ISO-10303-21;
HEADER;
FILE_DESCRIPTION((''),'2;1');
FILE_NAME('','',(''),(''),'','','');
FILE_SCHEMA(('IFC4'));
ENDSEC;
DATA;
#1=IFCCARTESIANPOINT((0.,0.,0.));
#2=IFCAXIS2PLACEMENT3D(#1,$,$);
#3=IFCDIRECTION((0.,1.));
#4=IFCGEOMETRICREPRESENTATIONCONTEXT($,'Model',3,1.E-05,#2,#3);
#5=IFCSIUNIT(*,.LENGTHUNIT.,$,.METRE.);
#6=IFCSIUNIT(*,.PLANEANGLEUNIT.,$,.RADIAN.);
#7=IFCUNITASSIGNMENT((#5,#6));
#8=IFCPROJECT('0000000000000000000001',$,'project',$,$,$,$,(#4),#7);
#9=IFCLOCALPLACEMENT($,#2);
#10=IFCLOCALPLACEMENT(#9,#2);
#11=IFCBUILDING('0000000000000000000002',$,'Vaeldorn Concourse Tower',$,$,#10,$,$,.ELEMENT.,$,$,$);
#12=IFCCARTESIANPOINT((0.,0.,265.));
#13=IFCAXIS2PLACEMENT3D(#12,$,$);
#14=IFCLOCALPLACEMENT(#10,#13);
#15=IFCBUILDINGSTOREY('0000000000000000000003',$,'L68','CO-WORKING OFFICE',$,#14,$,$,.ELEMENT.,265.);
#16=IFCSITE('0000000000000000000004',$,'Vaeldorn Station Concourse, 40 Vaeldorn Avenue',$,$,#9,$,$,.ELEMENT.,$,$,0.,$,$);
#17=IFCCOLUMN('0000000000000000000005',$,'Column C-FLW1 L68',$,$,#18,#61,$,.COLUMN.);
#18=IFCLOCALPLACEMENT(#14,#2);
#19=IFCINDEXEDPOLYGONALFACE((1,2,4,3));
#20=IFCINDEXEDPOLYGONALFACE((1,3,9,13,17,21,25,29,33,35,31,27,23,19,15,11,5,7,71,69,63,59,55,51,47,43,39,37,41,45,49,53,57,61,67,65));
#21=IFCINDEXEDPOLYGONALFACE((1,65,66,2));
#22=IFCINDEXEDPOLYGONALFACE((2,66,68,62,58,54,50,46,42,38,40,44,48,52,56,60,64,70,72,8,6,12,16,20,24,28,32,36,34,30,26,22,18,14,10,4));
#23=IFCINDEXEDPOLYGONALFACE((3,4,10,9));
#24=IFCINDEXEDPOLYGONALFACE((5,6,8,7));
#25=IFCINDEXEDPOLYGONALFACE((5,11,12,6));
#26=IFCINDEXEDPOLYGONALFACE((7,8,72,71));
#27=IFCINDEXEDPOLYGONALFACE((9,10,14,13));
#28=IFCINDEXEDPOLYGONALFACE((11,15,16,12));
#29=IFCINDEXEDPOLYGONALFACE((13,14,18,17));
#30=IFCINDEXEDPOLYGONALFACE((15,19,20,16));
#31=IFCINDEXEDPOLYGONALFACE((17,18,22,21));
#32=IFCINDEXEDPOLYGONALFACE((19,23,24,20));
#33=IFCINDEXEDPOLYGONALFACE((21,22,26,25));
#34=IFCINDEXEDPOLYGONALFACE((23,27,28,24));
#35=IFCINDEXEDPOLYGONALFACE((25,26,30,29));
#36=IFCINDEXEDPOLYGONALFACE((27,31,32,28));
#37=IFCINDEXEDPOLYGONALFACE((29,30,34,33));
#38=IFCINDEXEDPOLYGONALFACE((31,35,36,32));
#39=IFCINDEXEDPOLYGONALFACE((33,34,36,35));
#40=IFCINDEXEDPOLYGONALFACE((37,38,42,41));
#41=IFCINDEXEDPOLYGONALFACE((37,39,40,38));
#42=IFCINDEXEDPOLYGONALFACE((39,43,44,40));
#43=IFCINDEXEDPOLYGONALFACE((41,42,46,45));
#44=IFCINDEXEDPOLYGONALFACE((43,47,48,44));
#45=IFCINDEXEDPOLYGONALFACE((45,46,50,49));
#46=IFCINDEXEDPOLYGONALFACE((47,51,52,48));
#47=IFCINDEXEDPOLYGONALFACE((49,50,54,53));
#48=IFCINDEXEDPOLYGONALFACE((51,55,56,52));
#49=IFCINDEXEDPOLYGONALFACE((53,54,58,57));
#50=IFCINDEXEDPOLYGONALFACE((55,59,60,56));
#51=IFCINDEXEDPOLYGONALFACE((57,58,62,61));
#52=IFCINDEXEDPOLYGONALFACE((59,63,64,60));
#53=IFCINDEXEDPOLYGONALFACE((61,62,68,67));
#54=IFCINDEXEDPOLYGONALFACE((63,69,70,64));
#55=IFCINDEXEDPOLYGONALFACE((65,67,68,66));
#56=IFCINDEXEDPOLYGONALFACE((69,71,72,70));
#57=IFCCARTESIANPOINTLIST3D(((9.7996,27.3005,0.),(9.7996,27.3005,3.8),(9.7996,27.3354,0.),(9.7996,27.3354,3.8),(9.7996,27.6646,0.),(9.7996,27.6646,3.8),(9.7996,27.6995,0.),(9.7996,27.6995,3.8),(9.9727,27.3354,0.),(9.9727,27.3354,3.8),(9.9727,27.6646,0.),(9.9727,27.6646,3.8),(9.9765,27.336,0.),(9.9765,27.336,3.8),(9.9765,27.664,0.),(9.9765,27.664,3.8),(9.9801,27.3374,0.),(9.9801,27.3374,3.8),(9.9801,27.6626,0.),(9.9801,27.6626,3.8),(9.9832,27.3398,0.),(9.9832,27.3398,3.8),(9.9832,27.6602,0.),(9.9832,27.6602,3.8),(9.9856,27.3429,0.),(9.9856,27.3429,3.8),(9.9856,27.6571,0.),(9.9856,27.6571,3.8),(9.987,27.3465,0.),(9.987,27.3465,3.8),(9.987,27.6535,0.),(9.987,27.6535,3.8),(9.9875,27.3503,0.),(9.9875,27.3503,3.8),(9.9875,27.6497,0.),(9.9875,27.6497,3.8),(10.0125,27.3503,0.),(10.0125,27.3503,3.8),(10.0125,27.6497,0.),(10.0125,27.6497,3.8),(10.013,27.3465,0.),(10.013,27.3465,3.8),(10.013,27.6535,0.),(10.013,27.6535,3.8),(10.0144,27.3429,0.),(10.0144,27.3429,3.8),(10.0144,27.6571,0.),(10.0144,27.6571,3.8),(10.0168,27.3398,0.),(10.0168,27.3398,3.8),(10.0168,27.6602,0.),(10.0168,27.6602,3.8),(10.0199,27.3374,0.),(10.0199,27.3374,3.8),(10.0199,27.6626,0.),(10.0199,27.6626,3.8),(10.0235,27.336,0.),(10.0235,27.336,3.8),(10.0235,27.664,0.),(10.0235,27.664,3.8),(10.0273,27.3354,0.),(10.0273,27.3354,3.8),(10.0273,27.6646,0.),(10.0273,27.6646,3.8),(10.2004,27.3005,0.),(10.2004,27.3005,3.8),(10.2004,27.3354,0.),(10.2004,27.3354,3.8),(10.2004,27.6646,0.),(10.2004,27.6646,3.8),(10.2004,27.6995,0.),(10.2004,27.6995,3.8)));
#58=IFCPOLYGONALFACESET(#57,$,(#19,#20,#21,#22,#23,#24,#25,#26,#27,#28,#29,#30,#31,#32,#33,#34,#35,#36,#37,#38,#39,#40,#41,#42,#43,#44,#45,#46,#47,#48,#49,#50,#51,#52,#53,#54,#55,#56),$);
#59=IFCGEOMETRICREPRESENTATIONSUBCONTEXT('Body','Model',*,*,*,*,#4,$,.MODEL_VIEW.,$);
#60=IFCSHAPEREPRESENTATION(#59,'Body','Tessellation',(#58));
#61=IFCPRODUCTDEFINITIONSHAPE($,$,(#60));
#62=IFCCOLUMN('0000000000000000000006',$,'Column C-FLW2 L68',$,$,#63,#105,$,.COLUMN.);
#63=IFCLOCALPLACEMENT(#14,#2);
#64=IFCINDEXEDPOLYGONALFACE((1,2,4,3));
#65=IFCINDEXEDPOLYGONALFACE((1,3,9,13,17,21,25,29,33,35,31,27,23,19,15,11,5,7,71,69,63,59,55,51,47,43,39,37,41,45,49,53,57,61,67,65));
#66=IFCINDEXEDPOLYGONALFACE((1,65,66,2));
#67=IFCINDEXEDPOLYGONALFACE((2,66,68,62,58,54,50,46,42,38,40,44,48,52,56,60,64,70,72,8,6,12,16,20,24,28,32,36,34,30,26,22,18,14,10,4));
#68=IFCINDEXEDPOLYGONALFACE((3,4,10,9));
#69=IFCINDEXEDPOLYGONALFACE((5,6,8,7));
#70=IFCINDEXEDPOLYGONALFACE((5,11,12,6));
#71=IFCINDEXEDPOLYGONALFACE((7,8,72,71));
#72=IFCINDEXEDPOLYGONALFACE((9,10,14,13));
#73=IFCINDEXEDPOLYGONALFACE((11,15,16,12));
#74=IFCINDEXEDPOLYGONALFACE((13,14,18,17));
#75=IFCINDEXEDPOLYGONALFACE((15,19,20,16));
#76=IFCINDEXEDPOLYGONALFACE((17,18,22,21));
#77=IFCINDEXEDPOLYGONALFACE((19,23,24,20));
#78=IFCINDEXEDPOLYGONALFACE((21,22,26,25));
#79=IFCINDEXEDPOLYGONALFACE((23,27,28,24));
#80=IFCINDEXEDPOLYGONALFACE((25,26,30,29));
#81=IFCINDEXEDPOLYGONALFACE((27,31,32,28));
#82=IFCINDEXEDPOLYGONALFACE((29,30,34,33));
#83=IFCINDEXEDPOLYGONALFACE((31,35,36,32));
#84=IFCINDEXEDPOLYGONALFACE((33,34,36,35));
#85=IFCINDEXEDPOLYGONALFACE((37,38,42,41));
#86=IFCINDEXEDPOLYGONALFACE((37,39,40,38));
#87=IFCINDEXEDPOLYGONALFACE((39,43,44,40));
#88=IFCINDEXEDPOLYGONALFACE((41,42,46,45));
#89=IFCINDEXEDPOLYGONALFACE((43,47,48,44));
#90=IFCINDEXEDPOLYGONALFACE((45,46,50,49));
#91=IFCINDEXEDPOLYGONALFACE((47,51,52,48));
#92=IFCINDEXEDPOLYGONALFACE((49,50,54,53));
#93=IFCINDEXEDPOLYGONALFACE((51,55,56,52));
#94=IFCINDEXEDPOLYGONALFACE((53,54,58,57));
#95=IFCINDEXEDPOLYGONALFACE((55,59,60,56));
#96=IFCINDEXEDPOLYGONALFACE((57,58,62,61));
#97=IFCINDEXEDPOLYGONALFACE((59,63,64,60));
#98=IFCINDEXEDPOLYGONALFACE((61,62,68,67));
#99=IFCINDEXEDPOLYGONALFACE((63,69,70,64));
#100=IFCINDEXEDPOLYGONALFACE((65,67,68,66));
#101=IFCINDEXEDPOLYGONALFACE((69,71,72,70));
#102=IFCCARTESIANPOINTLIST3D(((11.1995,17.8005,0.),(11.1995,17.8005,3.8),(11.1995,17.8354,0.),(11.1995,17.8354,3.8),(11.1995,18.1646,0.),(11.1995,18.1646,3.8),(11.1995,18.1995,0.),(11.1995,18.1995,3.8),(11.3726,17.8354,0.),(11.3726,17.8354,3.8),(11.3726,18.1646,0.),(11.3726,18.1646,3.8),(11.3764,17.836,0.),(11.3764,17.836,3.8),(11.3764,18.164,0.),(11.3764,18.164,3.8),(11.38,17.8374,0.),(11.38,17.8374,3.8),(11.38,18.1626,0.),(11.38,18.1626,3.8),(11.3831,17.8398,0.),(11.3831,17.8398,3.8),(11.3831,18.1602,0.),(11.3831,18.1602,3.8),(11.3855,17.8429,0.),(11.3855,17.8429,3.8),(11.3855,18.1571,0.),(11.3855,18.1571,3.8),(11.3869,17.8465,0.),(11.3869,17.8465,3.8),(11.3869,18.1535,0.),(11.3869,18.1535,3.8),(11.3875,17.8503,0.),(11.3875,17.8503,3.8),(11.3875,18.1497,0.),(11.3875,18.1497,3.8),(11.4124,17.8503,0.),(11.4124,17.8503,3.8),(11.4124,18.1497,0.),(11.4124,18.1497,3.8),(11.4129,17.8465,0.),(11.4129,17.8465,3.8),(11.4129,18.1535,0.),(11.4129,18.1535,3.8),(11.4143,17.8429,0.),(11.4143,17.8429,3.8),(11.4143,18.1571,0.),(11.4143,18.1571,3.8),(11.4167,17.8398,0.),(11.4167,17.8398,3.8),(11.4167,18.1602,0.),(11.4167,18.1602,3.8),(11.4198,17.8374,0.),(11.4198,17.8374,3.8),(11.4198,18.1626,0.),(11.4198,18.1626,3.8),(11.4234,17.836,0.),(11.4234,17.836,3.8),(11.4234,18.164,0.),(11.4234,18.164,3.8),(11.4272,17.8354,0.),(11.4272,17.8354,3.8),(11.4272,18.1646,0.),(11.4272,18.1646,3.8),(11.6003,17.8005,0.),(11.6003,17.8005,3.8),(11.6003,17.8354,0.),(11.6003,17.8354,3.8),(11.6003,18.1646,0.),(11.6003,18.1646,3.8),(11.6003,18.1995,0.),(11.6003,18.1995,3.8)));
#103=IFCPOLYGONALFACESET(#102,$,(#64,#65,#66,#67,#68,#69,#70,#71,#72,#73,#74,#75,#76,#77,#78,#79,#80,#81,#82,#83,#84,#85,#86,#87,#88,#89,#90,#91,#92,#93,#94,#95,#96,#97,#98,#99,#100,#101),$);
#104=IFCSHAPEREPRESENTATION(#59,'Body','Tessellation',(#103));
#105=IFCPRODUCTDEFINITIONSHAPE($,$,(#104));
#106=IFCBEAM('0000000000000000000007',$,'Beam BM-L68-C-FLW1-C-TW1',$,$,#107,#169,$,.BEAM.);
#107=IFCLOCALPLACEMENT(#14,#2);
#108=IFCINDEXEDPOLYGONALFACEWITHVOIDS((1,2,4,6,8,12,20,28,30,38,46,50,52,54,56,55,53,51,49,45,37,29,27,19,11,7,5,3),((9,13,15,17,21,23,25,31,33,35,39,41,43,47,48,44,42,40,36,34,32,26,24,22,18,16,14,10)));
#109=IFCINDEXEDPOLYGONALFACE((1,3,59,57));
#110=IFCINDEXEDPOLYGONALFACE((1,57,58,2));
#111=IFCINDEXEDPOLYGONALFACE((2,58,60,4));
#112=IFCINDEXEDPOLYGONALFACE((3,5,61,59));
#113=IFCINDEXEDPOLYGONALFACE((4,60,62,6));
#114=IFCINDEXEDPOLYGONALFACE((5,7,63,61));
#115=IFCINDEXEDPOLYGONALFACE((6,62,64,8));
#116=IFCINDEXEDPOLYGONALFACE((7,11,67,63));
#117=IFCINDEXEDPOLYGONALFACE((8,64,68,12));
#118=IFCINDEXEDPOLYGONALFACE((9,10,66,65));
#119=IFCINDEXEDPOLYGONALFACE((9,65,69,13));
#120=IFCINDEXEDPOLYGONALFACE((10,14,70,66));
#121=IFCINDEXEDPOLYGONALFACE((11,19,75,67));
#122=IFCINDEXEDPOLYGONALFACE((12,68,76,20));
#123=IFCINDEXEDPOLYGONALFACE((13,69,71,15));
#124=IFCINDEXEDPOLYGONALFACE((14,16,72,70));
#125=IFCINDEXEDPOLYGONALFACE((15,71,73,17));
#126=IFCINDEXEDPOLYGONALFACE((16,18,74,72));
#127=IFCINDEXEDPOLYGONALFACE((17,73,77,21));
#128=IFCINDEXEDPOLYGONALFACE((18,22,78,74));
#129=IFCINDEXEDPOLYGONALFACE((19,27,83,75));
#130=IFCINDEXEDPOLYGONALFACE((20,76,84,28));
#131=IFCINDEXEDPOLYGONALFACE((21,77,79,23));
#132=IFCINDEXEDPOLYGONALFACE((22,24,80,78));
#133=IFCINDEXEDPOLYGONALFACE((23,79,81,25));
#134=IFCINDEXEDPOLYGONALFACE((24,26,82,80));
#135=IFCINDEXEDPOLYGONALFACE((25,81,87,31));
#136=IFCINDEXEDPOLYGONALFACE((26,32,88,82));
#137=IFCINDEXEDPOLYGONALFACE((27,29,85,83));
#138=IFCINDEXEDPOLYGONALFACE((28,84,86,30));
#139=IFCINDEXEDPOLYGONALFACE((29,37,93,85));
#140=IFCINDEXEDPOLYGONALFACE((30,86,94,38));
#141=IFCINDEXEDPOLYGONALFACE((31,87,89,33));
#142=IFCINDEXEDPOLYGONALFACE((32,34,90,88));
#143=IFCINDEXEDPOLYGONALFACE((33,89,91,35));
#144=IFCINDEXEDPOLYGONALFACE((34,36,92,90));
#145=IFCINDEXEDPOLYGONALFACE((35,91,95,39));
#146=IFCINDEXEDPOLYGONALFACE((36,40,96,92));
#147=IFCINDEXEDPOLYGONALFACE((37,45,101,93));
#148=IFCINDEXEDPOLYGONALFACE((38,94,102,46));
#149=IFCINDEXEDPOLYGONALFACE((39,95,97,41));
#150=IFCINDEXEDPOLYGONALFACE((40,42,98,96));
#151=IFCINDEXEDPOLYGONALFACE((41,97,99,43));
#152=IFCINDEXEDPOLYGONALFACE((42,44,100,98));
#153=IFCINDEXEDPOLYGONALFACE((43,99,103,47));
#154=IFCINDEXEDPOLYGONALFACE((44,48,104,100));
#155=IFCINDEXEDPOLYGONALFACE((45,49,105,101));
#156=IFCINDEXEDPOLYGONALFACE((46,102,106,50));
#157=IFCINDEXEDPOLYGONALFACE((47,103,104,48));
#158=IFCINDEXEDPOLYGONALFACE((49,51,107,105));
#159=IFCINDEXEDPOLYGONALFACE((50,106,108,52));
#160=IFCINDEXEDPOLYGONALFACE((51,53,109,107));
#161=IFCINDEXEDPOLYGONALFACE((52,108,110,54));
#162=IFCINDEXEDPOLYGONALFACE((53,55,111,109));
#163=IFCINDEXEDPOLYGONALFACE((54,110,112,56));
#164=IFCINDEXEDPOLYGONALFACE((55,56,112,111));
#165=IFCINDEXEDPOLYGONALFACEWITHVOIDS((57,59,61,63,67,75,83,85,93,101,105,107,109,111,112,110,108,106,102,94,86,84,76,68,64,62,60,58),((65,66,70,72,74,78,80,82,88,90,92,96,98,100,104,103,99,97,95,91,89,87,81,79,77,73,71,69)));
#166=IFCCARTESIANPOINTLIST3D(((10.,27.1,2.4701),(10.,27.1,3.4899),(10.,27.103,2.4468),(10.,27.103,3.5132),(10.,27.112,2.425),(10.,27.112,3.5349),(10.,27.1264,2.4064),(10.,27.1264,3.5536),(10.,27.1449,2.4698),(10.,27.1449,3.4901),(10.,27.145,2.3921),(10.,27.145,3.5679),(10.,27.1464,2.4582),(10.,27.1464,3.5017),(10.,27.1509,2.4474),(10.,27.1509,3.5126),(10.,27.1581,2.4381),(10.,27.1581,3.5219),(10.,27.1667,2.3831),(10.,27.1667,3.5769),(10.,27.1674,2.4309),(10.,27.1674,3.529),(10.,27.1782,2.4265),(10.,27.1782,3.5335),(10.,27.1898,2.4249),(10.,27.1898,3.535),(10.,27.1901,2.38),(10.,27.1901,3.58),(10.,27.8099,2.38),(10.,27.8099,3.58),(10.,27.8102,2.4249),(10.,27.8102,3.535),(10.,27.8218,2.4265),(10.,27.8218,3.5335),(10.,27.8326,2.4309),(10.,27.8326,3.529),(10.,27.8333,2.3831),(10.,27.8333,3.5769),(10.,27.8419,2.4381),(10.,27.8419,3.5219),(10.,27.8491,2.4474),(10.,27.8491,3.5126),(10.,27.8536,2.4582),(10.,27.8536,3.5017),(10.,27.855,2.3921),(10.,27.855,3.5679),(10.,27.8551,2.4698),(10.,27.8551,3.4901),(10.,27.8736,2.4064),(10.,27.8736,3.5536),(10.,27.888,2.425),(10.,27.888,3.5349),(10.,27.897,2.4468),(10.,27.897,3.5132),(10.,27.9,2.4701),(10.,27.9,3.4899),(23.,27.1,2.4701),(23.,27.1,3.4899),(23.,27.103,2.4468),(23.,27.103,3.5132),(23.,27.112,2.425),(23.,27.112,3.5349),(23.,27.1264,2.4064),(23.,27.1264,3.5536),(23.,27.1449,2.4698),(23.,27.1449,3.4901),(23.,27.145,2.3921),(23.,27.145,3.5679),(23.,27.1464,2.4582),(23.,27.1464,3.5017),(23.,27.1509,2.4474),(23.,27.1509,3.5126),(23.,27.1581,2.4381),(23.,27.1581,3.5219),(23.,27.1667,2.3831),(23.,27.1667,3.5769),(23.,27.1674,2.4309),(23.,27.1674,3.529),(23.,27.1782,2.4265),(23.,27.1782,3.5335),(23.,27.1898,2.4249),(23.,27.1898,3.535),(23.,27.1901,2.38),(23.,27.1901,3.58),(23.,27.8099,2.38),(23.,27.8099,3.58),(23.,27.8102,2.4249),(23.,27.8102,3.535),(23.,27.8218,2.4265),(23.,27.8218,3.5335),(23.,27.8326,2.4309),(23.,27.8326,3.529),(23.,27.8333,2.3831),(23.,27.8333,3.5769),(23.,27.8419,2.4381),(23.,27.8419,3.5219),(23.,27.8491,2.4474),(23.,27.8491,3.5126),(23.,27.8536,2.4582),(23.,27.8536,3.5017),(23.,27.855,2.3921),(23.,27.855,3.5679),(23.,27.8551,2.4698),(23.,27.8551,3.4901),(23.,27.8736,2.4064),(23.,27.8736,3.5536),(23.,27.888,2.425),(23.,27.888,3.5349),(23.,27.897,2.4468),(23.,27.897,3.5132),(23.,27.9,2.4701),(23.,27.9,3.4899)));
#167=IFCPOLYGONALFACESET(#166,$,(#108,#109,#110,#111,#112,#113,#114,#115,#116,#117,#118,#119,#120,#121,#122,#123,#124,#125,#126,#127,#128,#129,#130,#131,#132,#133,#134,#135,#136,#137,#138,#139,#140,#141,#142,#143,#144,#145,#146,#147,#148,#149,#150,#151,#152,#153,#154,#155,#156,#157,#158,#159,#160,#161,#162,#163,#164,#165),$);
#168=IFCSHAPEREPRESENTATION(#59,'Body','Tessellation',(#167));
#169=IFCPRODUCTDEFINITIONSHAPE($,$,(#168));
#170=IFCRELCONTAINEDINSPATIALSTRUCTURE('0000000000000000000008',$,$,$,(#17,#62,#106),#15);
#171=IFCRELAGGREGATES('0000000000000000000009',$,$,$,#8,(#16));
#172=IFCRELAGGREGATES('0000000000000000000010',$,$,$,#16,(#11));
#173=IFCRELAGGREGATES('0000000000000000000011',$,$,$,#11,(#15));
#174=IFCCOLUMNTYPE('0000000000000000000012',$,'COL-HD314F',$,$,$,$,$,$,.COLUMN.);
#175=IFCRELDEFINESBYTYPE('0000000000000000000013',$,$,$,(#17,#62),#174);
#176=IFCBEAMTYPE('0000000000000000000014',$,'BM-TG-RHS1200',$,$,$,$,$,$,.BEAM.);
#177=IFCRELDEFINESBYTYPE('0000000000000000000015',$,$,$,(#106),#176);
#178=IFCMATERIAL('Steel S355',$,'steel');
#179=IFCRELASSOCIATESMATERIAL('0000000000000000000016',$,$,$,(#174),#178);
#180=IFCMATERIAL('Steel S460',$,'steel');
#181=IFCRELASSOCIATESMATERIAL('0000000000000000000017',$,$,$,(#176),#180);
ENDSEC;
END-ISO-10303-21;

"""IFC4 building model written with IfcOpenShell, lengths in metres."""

from ifc_helpers import new_model, si_unit, direction, frame, origin, origin_2d, place, context, subcontext, project, spatial, hollow_rectangle, i_section, extrude, source, transform, mapped, material, material_profile, profile_set, type_object, element, save


model = new_model("IFC4")

# Units and contexts
model_context = context("Model", 3, precision=1e-05, world=origin(), true_north=direction((0.0, 1.0)))
body_context = subcontext(model_context, "Body", "Model", "MODEL_VIEW")
ifc_project = project(units=[si_unit("LENGTHUNIT", "METRE"), si_unit("PLANEANGLEUNIT", "RADIAN")], contexts=[model_context])

# Site, building, storey
site_placement = place(None, origin())
site = spatial("IfcSite", under=ifc_project, at=site_placement, Name="Vaeldorn Station Concourse, 40 Vaeldorn Avenue", CompositionType="ELEMENT", RefElevation=0.0)
building_placement = place(site_placement, origin())
building = spatial("IfcBuilding", under=site, at=building_placement, Name="Vaeldorn Concourse Tower", CompositionType="ELEMENT")
storey_placement = place(building_placement, frame((0.0, 0.0, 265.0)))
storey = spatial("IfcBuildingStorey", under=building, at=storey_placement, Name="L68", Description="CO-WORKING OFFICE", CompositionType="ELEMENT", Elevation=265.0)

# Columns
ifc_material_1 = material(Name="Steel S355", Category="steel")
ifc_material_profile_1 = material_profile(ifc_material_1, i_section(OverallWidth=0.4009, OverallDepth=0.3989, WebThickness=0.0249, FlangeThickness=0.0349, FilletRadius=0.0149, at=origin_2d()), Name="HD 400x314")
ifc_profile_set_1 = profile_set([ifc_material_profile_1], Name="Steel S355")
column_type = type_object("IfcColumnType", Name="COL-HD314F", PredefinedType="COLUMN", material=ifc_profile_set_1)
shared_shape_1 = source(origin(), body_context, "Body", "SweptSolid", [
    extrude(i_section(OverallWidth=0.4009, OverallDepth=0.3989, WebThickness=0.0249, FlangeThickness=0.0349, FilletRadius=0.0149, at=origin_2d()), origin(), (0.0, 0.0, 1.0), 3.8),
])
for number, where, z_axis, x_axis, name in (
    (1, (10.0, 27.5, 0.0), (0.0, 0.0, 1.0), (1.0, 0.0, 0.0), "Column C-FLW1 L68"),
    (2, (11.3999, 18.0, 0.0), (0.0, 0.0, 1.0), (1.0, 0.0, 0.0), "Column C-FLW2 L68"),
):
    element("IfcColumn", number, at=place(storey_placement, frame(where, z_axis=z_axis, x_axis=x_axis)), inside=storey, type_object=column_type, Name=name, PredefinedType="COLUMN", context=body_context, shape_type="MappedRepresentation", body=[
        mapped(shared_shape_1, transform((0.0, 0.0, 0.0), scale=1.0)),
    ])

# Beam
ifc_material_2 = material(Name="Steel S460", Category="steel")
ifc_material_profile_2 = material_profile(ifc_material_2, hollow_rectangle(XDim=0.8, YDim=1.2, WallThickness=0.0449, InnerFilletRadius=0.0449, OuterFilletRadius=0.0901, at=origin_2d()), Name="RHS 1200x800x45")
ifc_profile_set_2 = profile_set([ifc_material_profile_2], Name="Steel S460")
beam_type_1 = type_object("IfcBeamType", Name="BM-TG-RHS1200", PredefinedType="BEAM", material=ifc_profile_set_2)
shared_shape_2 = source(origin(), body_context, "Body", "SweptSolid", [
    extrude(hollow_rectangle(XDim=0.8, YDim=1.2, WallThickness=0.0449, InnerFilletRadius=0.0449, OuterFilletRadius=0.0901, at=origin_2d()), origin(), (0.0, 0.0, 1.0), 13.0),
])
beam_1_placement = place(storey_placement, frame((10.0, 27.5, 2.98), z_axis=(1.0, 0.0, 0.0), x_axis=(0.0, 1.0, 0.0)))
element("IfcBeam", 3, at=beam_1_placement, inside=storey, type_object=beam_type_1, Name="Beam BM-L68-C-FLW1-C-TW1", PredefinedType="BEAM", context=body_context, shape_type="MappedRepresentation", body=[
    mapped(shared_shape_2, transform((0.0, 0.0, 0.0), scale=1.0)),
])

save(model, "model.ifc")
